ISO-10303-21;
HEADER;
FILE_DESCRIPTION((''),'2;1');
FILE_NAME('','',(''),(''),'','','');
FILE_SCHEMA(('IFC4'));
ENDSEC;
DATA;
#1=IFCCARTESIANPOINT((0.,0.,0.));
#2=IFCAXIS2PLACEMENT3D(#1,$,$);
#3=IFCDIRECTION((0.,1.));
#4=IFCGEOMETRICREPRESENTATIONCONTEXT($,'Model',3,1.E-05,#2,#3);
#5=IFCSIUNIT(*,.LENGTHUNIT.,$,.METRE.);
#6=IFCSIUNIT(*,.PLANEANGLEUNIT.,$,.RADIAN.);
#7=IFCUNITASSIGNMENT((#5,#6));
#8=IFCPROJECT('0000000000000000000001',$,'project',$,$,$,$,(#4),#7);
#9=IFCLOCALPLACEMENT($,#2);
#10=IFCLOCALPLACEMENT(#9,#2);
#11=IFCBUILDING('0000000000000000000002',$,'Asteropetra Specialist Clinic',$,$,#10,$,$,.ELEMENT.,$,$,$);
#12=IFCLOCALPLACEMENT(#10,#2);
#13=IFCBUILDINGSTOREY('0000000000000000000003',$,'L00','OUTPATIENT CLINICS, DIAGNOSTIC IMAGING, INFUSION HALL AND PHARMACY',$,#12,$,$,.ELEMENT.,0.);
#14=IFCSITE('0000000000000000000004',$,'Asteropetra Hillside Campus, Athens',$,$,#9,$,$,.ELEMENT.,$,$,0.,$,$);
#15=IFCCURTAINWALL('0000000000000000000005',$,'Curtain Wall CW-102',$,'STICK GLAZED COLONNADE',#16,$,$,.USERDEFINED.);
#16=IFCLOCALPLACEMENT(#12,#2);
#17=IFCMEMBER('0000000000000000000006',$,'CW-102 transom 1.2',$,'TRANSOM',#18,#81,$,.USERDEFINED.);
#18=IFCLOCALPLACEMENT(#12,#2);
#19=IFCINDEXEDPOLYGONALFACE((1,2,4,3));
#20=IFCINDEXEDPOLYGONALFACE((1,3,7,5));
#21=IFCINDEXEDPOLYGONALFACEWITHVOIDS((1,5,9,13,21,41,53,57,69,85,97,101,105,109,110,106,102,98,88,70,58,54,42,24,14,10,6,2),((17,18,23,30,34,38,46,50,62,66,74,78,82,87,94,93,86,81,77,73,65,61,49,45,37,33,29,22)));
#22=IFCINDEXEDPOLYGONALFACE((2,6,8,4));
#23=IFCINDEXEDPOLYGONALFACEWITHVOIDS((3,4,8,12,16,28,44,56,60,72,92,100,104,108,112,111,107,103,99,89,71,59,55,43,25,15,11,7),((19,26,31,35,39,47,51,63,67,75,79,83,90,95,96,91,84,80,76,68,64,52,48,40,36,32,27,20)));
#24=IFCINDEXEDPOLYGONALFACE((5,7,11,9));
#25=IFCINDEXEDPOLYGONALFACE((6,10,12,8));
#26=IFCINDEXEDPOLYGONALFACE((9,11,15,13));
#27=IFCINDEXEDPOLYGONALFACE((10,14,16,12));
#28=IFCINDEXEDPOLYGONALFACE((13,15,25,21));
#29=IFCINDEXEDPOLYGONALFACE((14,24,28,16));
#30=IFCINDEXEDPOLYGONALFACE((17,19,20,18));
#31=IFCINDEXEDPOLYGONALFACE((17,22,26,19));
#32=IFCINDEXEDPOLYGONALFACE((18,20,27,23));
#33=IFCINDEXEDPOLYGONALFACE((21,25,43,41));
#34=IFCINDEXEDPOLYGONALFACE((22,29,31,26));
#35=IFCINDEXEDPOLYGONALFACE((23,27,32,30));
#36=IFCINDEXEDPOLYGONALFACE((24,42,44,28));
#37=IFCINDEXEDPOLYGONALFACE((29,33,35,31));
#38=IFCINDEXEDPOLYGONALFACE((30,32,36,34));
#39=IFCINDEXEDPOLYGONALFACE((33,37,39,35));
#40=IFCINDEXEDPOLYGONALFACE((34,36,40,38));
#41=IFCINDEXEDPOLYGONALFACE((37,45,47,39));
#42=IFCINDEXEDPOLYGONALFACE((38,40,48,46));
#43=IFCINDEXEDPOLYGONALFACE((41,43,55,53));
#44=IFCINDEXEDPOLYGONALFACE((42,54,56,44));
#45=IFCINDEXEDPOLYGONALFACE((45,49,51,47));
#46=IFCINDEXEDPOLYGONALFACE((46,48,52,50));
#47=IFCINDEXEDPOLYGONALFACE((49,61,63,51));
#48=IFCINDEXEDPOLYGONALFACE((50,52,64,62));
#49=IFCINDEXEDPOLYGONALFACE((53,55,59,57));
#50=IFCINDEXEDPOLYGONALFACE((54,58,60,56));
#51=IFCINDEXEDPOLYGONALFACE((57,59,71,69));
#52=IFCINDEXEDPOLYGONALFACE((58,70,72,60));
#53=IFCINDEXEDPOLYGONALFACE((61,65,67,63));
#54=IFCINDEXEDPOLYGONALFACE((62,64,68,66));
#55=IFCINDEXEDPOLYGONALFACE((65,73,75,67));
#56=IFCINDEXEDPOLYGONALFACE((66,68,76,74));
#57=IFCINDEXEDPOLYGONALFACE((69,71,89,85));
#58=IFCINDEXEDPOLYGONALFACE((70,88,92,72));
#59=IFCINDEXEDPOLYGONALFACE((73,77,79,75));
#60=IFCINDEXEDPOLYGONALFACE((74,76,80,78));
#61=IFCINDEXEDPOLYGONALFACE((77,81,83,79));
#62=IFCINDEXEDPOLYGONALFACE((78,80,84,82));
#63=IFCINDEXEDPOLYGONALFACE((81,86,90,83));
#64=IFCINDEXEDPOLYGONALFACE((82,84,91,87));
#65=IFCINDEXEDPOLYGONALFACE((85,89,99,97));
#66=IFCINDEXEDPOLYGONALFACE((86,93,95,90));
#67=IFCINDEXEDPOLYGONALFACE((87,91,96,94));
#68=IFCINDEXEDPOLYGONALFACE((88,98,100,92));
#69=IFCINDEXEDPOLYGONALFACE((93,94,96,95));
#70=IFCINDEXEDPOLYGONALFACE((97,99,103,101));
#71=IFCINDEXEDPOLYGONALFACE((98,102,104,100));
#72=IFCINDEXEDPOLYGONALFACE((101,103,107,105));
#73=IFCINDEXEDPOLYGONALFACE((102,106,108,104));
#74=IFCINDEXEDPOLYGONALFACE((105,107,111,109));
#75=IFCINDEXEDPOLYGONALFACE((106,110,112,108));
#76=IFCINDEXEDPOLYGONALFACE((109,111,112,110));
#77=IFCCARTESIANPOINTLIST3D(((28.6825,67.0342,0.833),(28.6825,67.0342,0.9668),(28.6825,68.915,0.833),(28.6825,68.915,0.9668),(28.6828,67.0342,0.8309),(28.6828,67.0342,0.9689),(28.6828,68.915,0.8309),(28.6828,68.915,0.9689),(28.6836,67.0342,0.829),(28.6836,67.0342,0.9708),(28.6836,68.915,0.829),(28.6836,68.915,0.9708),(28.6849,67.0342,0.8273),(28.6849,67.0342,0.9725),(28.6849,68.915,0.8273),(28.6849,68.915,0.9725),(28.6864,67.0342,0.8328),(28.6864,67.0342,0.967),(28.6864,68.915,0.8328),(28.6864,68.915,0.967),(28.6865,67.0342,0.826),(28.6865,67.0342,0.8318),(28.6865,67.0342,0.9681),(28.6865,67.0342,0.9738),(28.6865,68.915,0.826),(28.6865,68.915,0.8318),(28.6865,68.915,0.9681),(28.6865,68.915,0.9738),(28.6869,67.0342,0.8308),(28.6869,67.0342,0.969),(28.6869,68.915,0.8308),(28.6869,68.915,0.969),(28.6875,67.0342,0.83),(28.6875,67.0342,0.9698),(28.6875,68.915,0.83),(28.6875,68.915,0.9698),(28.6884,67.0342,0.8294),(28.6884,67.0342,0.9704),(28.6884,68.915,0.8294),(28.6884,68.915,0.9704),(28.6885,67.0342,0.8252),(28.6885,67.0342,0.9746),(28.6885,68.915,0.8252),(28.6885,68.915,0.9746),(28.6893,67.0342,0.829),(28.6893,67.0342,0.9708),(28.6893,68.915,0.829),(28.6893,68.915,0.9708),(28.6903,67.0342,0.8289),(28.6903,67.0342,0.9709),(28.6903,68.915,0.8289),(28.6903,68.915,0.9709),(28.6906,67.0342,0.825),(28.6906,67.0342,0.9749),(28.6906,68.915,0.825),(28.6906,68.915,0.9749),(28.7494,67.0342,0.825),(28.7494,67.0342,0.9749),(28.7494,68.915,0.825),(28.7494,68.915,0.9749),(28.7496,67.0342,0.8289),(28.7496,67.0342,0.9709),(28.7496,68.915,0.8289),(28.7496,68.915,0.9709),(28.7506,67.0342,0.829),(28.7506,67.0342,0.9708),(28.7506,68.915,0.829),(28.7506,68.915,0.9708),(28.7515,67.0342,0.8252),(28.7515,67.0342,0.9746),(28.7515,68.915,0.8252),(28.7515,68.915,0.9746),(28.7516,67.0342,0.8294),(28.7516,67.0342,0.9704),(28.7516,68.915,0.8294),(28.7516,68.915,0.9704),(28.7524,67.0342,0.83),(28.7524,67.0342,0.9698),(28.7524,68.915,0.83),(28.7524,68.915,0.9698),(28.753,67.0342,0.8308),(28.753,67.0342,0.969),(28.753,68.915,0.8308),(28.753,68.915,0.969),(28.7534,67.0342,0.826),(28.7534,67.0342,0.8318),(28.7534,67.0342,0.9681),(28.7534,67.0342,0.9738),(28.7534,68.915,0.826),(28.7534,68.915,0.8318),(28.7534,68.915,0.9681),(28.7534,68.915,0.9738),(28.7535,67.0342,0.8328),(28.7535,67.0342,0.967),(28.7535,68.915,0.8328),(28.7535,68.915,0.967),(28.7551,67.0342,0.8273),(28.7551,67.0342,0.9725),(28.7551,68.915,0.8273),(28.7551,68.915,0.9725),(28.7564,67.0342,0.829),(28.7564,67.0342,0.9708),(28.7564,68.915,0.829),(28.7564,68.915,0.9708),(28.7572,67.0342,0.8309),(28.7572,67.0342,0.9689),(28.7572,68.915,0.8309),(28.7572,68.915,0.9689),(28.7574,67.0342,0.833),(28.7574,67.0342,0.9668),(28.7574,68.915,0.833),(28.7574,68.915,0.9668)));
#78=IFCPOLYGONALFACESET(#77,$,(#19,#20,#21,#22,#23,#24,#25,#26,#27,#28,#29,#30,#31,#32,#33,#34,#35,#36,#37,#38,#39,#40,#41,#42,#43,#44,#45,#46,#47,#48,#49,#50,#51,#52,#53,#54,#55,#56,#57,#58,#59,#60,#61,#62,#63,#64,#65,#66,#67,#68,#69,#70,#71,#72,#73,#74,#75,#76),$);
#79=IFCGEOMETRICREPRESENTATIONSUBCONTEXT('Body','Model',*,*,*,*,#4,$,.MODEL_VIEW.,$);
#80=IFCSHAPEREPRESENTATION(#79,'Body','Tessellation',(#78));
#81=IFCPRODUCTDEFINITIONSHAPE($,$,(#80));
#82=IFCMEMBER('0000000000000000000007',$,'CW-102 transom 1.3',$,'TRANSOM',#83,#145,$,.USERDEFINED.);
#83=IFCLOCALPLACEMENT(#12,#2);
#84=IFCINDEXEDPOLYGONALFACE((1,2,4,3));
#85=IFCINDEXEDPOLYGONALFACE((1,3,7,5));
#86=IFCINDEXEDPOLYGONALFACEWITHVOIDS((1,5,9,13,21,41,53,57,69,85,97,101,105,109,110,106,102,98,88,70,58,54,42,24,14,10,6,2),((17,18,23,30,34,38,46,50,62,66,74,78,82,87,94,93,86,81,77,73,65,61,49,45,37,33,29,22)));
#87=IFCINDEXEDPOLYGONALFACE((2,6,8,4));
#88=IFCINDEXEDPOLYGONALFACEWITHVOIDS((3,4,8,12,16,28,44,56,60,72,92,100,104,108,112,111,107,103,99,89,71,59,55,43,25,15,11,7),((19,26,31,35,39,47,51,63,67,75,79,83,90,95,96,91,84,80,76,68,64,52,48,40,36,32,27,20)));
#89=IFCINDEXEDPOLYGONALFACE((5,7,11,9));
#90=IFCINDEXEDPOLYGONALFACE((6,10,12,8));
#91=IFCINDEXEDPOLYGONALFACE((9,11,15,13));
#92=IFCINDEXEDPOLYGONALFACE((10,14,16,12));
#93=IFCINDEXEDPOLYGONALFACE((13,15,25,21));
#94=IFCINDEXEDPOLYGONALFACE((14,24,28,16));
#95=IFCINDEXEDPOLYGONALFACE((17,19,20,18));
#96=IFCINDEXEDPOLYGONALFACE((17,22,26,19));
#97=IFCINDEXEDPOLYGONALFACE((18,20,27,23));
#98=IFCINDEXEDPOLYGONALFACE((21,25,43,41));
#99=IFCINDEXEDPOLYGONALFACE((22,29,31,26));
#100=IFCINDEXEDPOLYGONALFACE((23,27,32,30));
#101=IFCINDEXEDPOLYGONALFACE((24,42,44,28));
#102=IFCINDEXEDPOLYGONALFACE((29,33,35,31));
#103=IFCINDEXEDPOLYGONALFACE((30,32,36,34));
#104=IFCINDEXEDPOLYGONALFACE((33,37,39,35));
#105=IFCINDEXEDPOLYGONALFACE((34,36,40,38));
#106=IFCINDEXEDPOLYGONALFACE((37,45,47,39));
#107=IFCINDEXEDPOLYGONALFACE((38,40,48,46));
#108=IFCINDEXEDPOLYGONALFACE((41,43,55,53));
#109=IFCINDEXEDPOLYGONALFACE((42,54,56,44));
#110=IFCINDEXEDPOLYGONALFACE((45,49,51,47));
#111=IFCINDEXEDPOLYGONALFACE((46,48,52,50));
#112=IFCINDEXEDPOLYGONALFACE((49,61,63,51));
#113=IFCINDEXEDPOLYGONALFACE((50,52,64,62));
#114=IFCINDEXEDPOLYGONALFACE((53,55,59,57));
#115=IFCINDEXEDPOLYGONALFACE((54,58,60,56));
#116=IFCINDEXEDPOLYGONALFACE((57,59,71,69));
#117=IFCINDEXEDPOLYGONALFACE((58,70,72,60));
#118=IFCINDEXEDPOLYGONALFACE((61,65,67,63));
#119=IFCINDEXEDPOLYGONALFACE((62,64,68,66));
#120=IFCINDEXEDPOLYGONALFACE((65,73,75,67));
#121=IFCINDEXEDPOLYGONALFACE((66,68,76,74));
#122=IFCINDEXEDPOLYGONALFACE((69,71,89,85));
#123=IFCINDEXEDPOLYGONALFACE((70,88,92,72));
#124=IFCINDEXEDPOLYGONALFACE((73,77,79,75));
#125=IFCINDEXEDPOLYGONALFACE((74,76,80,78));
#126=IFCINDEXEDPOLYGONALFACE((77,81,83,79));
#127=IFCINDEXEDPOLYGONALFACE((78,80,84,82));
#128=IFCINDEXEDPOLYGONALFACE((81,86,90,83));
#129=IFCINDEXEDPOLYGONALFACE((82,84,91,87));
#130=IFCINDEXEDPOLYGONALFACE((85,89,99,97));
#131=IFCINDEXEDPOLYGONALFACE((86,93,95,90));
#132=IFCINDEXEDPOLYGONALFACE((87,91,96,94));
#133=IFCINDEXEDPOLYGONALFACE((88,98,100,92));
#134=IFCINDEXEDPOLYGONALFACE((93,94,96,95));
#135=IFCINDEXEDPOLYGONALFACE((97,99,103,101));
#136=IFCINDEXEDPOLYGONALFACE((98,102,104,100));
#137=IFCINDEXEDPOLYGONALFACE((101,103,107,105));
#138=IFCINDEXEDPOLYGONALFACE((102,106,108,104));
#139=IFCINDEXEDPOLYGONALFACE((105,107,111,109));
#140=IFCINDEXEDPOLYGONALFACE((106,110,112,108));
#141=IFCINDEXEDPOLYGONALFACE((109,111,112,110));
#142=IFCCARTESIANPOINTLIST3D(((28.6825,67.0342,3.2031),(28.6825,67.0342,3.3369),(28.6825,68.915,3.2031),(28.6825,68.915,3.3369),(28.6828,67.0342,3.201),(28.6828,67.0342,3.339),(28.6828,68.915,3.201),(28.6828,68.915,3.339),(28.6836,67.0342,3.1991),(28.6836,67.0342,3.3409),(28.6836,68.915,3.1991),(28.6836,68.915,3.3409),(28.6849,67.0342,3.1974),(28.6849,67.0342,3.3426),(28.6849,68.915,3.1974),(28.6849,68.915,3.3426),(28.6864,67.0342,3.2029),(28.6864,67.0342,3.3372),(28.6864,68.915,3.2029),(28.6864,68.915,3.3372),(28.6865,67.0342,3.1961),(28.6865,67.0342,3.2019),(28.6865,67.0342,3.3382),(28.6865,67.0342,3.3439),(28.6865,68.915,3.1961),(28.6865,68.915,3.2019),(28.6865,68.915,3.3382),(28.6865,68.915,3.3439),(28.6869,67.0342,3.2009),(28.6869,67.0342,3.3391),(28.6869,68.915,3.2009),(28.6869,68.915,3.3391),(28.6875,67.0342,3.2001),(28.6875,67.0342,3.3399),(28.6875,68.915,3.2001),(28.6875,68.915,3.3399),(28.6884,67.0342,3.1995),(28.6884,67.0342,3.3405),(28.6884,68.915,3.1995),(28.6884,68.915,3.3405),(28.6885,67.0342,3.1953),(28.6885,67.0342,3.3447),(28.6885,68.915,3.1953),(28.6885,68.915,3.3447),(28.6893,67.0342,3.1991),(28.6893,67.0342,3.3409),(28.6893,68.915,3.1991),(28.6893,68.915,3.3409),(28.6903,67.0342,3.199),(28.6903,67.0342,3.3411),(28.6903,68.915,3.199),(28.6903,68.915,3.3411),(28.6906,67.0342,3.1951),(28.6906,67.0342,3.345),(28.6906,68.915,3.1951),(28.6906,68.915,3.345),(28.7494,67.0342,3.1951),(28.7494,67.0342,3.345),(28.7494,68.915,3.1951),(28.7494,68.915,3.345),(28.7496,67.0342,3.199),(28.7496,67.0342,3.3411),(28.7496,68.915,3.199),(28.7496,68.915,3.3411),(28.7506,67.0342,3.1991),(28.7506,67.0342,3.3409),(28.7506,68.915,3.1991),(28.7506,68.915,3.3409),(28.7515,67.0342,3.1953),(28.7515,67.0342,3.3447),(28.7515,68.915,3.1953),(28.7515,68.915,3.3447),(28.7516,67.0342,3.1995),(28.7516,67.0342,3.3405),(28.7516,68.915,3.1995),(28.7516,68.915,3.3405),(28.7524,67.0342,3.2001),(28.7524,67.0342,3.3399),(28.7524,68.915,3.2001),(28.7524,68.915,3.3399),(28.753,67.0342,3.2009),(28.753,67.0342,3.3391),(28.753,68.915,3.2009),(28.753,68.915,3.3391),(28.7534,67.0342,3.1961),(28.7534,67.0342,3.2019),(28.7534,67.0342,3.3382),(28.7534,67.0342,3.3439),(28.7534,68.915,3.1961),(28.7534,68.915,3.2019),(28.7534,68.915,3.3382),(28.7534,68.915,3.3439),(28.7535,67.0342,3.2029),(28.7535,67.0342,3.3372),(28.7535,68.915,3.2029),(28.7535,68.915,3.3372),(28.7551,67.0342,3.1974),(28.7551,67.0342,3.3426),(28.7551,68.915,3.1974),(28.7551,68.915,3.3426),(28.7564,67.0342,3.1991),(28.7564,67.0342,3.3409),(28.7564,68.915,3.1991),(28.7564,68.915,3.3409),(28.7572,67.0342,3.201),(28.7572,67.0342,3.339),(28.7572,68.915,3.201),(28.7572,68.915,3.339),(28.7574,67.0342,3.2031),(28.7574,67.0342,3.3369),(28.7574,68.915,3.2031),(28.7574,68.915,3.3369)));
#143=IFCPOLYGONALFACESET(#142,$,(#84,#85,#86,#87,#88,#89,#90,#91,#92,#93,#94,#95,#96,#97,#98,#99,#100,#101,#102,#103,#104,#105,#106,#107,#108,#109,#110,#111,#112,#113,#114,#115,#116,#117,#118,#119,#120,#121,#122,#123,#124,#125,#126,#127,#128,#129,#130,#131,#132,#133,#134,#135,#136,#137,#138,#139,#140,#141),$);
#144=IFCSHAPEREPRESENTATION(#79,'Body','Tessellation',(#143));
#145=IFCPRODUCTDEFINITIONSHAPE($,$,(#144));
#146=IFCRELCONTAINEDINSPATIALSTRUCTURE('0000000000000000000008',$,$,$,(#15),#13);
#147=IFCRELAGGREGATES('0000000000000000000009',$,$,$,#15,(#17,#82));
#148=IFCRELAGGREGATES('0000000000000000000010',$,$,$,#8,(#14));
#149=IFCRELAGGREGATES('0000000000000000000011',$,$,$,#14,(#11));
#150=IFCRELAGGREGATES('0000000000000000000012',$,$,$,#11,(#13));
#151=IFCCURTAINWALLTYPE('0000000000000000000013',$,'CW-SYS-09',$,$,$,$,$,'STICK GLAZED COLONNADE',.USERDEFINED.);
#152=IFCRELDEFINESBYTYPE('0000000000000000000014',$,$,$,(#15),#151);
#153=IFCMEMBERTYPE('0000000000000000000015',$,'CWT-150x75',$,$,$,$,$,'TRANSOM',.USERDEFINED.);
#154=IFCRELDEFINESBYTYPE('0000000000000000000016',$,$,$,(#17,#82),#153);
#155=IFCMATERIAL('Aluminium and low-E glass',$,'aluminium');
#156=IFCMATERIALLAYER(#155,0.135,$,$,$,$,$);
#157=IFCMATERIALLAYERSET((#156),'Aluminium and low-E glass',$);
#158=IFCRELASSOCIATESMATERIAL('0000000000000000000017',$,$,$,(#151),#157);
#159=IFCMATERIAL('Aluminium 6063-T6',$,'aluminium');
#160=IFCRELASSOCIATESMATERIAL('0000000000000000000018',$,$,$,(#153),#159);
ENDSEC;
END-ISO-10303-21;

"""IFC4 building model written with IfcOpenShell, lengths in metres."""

from ifc_helpers import new_model, si_unit, direction, frame, origin, origin_2d, place, context, subcontext, project, spatial, hollow_rectangle, extrude, material, layer, layer_set, material_profile, profile_set, type_object, element, aggregate, save


model = new_model("IFC4")

# Units and contexts
model_context = context("Model", 3, precision=1e-05, world=origin(), true_north=direction((0.0, 1.0)))
body_context = subcontext(model_context, "Body", "Model", "MODEL_VIEW")
ifc_project = project(units=[si_unit("LENGTHUNIT", "METRE"), si_unit("PLANEANGLEUNIT", "RADIAN")], contexts=[model_context])

# Site, building, storey
site_placement = place(None, origin())
site = spatial("IfcSite", under=ifc_project, at=site_placement, Name="Asteropetra Hillside Campus, Athens", CompositionType="ELEMENT", RefElevation=0.0)
building_placement = place(site_placement, origin())
building = spatial("IfcBuilding", under=site, at=building_placement, Name="Asteropetra Specialist Clinic", CompositionType="ELEMENT")
storey_placement = place(building_placement, origin())
storey = spatial("IfcBuildingStorey", under=building, at=storey_placement, Name="L00", Description="OUTPATIENT CLINICS, DIAGNOSTIC IMAGING, INFUSION HALL AND PHARMACY", CompositionType="ELEMENT", Elevation=0.0)

# Curtain wall, members
ifc_material_1 = material(Name="Aluminium and low-E glass", Category="aluminium")
ifc_layer_1 = layer(ifc_material_1, 0.135)
ifc_layer_set_1 = layer_set([ifc_layer_1], Name="Aluminium and low-E glass")
curtain_wall_type_1 = type_object("IfcCurtainWallType", Name="CW-SYS-09", ElementType="STICK GLAZED COLONNADE", PredefinedType="USERDEFINED", material=ifc_layer_set_1)
curtain_wall_1_placement = place(storey_placement, origin())
curtain_wall_1 = element("IfcCurtainWall", 1, at=curtain_wall_1_placement, inside=storey, type_object=curtain_wall_type_1, Name="Curtain Wall CW-102", ObjectType="STICK GLAZED COLONNADE", PredefinedType="USERDEFINED")
ifc_material_2 = material(Name="Aluminium 6063-T6", Category="aluminium")
ifc_material_profile_1 = material_profile(ifc_material_2, hollow_rectangle(XDim=0.075, YDim=0.1499, WallThickness=0.0039, InnerFilletRadius=0.0039, OuterFilletRadius=0.0081, at=origin_2d()), Name="TRN 150x75x4.0")
ifc_profile_set_1 = profile_set([ifc_material_profile_1], Name="Aluminium 6063-T6")
member_type_1 = type_object("IfcMemberType", Name="CWT-150x75", ElementType="TRANSOM", PredefinedType="USERDEFINED", material=ifc_profile_set_1)
member_1_placement = place(storey_placement, frame((28.72, 68.915, 0.8999), z_axis=(0.0, -1.0, 0.0), x_axis=(1.0, 0.0, 0.0)))
member_1 = element("IfcMember", 2, at=member_1_placement, type_object=member_type_1, Name="CW-102 transom 1.2", ObjectType="TRANSOM", PredefinedType="USERDEFINED", context=body_context, shape_type="SweptSolid", body=[
    extrude(hollow_rectangle(XDim=0.075, YDim=0.1499, WallThickness=0.0039, InnerFilletRadius=0.0039, OuterFilletRadius=0.0081, at=origin_2d()), origin(), (0.0, 0.0, 1.0), 1.8809),
])
member_2_placement = place(storey_placement, frame((28.72, 68.915, 3.27), z_axis=(0.0, -1.0, 0.0), x_axis=(1.0, 0.0, 0.0)))
member_2 = element("IfcMember", 3, at=member_2_placement, type_object=member_type_1, Name="CW-102 transom 1.3", ObjectType="TRANSOM", PredefinedType="USERDEFINED", context=body_context, shape_type="SweptSolid", body=[
    extrude(hollow_rectangle(XDim=0.075, YDim=0.1499, WallThickness=0.0039, InnerFilletRadius=0.0039, OuterFilletRadius=0.0081, at=origin_2d()), origin(), (0.0, 0.0, 1.0), 1.8809),
])
aggregate(curtain_wall_1, [member_1, member_2])

save(model, "model.ifc")
